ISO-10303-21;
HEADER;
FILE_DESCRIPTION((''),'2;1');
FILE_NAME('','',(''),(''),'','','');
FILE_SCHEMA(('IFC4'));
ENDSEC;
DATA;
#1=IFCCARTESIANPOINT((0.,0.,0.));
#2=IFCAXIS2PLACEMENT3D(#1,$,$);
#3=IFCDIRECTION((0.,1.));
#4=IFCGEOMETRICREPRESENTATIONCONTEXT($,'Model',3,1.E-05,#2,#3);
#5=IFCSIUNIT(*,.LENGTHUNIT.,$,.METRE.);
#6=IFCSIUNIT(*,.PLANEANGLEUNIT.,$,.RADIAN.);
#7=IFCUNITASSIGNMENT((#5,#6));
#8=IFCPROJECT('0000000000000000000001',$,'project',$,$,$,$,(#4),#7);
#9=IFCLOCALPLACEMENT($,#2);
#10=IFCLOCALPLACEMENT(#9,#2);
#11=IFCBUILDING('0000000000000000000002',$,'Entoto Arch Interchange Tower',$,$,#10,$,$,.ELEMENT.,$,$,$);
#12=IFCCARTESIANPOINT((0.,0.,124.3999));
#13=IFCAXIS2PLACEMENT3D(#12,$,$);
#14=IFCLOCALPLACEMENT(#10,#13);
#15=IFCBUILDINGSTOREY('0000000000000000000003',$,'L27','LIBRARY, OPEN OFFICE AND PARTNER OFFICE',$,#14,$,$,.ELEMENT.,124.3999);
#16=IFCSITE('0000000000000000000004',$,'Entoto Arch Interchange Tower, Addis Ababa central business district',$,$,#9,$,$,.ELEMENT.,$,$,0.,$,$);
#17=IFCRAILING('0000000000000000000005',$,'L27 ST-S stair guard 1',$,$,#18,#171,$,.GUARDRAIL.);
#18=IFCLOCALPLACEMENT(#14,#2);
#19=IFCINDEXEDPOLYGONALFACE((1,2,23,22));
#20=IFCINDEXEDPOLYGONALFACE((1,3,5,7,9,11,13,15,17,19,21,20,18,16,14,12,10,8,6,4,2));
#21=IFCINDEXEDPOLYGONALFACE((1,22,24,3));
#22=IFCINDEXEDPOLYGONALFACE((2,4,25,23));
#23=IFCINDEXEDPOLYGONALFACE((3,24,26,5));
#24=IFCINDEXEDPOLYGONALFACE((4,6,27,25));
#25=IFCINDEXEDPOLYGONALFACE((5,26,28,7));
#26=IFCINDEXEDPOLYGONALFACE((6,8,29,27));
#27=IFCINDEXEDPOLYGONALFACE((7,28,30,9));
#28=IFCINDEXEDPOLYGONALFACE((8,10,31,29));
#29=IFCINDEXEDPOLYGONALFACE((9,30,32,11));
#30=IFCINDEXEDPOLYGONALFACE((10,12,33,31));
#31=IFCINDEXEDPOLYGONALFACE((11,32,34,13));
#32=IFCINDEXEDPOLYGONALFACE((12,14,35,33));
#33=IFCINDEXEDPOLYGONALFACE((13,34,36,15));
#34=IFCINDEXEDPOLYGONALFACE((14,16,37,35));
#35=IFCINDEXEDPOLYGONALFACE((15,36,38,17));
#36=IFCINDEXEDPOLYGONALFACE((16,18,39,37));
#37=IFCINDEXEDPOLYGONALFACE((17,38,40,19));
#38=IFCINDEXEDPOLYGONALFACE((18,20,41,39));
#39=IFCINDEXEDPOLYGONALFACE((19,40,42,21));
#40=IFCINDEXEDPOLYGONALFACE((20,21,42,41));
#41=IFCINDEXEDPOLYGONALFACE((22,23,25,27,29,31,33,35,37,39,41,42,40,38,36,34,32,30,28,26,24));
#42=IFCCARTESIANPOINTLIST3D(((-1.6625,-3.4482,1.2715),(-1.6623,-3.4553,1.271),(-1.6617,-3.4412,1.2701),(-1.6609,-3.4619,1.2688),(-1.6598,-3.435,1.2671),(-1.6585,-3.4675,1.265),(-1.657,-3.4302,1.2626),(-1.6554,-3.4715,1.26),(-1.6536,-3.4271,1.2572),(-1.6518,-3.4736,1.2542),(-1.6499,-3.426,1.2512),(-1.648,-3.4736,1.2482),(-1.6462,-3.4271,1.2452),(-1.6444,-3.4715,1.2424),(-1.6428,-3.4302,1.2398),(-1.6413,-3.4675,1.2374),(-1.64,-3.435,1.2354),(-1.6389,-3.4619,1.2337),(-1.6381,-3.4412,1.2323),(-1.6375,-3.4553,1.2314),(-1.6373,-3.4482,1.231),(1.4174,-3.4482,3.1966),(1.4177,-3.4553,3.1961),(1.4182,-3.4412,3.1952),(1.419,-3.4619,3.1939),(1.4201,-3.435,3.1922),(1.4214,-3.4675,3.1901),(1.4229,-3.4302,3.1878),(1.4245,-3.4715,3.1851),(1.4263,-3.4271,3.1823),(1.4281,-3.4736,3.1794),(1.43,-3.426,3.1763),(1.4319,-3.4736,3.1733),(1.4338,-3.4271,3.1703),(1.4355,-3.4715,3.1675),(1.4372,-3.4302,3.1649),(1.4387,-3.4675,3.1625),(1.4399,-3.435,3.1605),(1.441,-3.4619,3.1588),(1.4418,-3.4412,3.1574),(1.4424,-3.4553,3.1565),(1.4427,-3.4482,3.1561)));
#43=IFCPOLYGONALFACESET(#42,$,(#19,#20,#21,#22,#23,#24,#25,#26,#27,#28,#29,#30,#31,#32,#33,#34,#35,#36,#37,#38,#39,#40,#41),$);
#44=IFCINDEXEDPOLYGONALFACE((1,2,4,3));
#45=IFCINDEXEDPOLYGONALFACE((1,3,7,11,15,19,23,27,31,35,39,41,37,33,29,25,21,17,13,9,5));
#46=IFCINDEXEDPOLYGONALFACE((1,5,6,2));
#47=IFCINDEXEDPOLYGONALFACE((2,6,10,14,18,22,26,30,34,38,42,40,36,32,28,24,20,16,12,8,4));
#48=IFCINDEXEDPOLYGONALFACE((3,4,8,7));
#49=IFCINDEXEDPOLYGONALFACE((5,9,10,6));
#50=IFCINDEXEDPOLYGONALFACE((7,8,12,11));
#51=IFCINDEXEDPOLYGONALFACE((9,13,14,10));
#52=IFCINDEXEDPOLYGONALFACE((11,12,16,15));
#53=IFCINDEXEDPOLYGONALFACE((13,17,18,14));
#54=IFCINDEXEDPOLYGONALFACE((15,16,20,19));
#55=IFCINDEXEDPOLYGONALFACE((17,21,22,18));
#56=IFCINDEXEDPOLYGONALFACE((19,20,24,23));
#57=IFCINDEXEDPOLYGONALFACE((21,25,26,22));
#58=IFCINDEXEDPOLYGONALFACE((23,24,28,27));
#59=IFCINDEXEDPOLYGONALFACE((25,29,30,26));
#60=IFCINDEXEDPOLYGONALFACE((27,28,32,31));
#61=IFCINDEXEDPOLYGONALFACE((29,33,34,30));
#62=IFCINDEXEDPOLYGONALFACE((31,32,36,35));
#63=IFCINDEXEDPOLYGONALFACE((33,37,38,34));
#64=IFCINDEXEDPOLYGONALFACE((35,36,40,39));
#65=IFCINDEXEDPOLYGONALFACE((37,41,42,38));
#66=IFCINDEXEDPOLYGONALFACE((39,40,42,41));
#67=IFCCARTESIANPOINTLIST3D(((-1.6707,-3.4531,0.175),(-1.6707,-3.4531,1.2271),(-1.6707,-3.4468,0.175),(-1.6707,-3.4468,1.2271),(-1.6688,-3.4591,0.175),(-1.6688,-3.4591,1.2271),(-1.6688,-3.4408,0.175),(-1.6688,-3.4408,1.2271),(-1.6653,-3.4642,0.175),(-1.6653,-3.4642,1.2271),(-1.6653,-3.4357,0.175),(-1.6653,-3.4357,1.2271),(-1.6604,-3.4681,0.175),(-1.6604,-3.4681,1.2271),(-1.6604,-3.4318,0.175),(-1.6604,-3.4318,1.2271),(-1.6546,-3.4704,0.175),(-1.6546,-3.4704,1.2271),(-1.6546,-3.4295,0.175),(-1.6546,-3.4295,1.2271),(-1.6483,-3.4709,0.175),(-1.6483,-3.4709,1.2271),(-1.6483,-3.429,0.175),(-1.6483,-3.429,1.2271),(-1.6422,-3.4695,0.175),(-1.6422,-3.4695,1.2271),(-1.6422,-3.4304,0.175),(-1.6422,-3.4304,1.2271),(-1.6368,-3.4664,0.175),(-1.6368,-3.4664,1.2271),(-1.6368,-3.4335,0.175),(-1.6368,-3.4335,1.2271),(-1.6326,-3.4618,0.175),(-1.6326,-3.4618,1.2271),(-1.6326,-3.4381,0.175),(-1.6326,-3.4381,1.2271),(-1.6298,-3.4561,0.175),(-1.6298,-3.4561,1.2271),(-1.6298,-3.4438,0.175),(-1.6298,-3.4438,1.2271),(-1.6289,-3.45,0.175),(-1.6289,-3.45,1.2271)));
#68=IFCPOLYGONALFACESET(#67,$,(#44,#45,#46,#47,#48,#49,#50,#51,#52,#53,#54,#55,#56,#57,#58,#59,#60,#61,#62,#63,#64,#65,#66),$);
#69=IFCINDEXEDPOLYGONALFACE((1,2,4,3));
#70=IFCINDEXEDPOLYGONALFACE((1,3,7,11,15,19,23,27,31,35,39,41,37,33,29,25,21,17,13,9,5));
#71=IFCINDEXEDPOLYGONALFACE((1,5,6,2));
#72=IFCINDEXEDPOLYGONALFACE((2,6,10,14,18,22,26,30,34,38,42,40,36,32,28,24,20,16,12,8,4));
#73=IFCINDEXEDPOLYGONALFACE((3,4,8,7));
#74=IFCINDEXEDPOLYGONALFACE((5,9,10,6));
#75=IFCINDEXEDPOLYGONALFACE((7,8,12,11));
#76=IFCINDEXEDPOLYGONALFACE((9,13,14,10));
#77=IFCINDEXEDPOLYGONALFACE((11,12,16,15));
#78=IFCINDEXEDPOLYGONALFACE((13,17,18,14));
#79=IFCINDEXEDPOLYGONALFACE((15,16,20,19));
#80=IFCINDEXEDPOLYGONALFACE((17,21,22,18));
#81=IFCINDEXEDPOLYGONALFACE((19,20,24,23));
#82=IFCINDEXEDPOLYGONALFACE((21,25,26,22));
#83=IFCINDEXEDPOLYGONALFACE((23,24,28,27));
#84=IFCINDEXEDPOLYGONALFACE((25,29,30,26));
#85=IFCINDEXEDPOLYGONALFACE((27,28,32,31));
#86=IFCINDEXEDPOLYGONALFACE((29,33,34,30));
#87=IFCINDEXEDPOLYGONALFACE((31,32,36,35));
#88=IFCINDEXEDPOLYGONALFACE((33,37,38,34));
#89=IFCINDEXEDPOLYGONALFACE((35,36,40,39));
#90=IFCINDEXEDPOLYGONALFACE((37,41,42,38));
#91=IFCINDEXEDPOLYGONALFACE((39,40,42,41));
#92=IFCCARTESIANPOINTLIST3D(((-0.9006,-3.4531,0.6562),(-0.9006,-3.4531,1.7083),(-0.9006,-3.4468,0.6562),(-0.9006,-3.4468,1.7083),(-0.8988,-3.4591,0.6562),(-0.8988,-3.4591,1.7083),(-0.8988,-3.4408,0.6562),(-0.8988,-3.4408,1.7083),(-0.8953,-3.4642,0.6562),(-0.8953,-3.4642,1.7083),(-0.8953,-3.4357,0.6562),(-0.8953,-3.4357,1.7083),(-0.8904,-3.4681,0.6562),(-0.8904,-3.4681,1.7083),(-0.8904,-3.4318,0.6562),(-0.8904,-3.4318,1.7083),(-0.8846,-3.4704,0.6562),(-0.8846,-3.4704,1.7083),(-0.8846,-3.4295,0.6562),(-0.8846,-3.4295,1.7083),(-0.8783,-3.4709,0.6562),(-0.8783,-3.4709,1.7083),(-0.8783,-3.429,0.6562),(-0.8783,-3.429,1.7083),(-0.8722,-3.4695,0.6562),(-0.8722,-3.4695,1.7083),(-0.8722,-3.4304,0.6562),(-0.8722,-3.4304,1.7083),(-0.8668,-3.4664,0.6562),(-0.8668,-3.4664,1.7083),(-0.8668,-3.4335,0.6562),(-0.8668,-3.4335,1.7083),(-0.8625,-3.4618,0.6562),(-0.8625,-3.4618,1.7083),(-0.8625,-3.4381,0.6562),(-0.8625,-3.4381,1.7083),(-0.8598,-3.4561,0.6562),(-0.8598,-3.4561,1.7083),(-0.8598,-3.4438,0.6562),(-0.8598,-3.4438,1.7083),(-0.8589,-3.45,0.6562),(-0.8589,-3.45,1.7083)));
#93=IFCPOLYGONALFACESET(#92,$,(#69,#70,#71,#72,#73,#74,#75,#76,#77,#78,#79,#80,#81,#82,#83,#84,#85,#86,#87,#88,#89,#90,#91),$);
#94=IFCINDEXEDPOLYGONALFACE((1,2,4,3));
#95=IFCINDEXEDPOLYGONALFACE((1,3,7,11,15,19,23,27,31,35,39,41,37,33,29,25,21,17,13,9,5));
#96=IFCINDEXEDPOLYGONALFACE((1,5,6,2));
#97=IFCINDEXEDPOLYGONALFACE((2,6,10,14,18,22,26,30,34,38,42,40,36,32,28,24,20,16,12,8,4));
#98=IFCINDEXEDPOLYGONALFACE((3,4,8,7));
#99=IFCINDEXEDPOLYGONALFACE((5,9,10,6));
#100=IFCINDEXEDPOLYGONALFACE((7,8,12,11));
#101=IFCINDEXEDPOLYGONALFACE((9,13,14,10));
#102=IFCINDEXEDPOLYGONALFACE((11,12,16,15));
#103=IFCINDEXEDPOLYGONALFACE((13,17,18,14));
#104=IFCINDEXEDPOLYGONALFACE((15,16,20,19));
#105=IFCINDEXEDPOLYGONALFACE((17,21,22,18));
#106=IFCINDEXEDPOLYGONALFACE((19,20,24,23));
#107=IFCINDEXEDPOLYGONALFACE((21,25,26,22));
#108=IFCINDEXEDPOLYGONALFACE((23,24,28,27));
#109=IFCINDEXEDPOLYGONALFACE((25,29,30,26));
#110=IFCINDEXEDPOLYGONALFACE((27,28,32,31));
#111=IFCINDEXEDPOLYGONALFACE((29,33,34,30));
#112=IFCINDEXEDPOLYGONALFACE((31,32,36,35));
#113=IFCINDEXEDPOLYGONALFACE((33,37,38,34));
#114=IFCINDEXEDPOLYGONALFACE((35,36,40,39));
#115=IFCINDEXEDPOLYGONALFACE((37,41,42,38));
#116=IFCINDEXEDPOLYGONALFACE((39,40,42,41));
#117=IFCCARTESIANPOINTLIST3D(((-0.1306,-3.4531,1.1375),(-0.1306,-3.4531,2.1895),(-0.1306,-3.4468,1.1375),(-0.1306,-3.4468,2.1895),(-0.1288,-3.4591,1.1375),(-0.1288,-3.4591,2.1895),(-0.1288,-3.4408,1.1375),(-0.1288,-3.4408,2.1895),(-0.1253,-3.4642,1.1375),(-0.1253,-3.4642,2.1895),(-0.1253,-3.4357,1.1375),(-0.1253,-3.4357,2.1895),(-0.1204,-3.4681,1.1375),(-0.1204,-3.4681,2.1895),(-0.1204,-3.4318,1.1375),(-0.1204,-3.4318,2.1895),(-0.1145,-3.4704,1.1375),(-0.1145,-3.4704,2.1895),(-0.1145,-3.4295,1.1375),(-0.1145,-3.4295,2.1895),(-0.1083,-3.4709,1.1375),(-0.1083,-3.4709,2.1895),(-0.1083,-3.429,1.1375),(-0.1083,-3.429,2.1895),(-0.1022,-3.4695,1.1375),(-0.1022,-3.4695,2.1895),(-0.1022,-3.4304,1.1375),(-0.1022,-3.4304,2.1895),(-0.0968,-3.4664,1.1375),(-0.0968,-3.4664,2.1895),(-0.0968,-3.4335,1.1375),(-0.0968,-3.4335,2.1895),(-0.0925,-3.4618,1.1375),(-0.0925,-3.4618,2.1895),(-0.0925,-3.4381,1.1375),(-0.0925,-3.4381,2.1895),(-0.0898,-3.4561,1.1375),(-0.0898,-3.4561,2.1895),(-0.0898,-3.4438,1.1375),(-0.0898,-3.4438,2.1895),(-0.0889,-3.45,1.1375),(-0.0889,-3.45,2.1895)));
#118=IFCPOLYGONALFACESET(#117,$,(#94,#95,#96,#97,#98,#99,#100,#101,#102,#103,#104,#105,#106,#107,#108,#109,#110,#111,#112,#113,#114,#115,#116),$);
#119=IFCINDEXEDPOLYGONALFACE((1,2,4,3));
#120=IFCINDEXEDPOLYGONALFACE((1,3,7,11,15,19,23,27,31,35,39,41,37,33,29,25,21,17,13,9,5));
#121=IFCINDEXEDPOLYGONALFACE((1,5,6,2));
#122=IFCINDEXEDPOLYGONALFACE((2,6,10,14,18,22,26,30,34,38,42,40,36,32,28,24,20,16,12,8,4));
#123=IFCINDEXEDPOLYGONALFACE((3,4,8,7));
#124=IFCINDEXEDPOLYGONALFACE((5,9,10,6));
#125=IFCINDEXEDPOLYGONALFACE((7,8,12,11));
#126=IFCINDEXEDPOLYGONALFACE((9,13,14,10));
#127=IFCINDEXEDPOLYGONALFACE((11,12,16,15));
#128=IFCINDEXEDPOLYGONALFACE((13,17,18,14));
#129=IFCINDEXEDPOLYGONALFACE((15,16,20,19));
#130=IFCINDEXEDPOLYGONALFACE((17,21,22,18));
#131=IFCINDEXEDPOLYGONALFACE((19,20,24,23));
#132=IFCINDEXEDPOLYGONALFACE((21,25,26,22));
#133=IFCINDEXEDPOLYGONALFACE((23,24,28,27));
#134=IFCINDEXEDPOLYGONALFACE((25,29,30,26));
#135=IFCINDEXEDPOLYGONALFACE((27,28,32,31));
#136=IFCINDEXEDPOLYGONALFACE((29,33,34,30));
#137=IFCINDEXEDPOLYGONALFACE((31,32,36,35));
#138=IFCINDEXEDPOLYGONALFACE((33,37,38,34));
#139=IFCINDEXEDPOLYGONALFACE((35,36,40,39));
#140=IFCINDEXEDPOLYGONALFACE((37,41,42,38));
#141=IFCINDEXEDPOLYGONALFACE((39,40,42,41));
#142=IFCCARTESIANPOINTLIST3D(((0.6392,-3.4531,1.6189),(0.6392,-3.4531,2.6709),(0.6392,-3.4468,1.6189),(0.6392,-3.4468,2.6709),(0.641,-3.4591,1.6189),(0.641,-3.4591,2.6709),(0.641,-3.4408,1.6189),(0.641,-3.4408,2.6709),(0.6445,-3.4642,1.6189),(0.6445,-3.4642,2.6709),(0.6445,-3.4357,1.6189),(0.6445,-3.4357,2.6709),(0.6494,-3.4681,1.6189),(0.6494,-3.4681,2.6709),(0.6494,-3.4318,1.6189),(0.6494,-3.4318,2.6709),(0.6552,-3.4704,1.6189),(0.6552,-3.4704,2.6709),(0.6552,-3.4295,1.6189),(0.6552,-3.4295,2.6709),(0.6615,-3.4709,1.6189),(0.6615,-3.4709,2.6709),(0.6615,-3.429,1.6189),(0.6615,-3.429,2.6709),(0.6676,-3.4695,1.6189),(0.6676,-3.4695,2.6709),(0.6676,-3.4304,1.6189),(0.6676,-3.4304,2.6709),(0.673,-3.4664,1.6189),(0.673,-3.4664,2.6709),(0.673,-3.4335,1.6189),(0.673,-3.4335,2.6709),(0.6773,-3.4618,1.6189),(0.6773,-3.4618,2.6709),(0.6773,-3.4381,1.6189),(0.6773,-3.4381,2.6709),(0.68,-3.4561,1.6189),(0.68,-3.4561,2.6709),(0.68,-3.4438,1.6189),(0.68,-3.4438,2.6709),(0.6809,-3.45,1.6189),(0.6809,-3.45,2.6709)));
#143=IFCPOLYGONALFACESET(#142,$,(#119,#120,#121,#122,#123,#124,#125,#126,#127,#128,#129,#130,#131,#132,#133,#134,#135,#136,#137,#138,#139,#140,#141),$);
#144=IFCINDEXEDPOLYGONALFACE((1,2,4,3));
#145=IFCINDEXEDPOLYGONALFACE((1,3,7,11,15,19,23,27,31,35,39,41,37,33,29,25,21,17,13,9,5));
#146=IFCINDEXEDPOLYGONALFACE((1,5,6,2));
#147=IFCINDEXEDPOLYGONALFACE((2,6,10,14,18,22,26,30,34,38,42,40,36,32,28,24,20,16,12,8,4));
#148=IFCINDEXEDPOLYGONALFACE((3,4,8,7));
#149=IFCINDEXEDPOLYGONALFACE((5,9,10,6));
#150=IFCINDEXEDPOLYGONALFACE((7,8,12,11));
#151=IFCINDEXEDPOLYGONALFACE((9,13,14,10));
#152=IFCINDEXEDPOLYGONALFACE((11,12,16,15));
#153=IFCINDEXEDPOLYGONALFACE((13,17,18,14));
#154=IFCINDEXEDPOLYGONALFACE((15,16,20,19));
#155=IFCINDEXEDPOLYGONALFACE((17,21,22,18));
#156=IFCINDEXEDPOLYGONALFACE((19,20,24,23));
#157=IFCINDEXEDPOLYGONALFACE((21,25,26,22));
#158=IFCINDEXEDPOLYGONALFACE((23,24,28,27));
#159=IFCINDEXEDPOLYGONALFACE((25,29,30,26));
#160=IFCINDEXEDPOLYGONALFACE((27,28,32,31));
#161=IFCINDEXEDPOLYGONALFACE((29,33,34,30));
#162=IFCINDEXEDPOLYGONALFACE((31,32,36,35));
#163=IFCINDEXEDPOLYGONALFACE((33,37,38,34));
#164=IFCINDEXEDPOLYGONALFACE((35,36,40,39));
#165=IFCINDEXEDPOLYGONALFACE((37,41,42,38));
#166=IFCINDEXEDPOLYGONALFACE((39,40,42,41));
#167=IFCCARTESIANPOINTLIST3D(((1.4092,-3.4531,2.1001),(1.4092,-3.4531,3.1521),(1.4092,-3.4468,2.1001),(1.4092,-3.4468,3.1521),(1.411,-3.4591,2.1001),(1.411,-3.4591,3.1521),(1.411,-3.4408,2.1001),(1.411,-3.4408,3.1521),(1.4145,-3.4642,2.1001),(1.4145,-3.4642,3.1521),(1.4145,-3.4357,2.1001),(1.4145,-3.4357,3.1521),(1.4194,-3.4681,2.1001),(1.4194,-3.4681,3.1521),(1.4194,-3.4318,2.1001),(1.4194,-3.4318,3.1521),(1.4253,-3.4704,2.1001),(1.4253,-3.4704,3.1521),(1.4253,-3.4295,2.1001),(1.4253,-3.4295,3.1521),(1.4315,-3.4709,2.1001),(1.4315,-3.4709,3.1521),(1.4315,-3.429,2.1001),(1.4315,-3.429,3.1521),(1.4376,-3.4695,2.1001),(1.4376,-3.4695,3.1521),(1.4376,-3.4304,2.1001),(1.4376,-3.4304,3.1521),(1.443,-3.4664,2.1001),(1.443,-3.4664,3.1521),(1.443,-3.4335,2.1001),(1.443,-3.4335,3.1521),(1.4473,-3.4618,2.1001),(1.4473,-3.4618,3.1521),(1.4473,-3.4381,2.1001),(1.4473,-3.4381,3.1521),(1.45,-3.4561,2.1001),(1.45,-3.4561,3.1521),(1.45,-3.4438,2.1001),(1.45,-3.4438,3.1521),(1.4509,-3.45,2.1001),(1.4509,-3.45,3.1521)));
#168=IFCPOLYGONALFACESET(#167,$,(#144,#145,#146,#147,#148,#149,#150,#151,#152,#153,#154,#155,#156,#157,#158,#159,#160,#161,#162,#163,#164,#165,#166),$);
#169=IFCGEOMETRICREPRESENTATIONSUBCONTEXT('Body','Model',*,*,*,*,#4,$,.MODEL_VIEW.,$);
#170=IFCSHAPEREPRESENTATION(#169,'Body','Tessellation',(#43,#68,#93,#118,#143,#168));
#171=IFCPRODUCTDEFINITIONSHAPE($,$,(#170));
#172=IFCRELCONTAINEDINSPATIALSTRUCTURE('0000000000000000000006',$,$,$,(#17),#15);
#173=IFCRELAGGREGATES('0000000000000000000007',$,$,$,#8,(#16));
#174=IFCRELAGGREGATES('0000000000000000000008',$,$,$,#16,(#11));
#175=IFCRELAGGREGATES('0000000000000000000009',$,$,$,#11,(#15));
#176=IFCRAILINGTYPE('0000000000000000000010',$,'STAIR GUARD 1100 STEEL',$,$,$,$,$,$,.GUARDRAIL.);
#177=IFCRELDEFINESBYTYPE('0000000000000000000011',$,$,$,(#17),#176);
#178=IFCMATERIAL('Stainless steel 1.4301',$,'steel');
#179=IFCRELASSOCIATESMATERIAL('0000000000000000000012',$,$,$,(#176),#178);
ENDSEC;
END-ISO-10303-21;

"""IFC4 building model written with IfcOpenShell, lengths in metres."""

from ifc_helpers import new_model, si_unit, direction, frame, origin, origin_2d, place, context, subcontext, project, spatial, circle, extrude, material, type_object, element, save


model = new_model("IFC4")

# Units and contexts
model_context = context("Model", 3, precision=1e-05, world=origin(), true_north=direction((0.0, 1.0)))
body_context = subcontext(model_context, "Body", "Model", "MODEL_VIEW")
ifc_project = project(units=[si_unit("LENGTHUNIT", "METRE"), si_unit("PLANEANGLEUNIT", "RADIAN")], contexts=[model_context])

# Site, building, storey
site_placement = place(None, origin())
site = spatial("IfcSite", under=ifc_project, at=site_placement, Name="Entoto Arch Interchange Tower, Addis Ababa central business district", CompositionType="ELEMENT", RefElevation=0.0)
building_placement = place(site_placement, origin())
building = spatial("IfcBuilding", under=site, at=building_placement, Name="Entoto Arch Interchange Tower", CompositionType="ELEMENT")
storey_placement = place(building_placement, frame((0.0, 0.0, 124.3999)))
storey = spatial("IfcBuildingStorey", under=building, at=storey_placement, Name="L27", Description="LIBRARY, OPEN OFFICE AND PARTNER OFFICE", CompositionType="ELEMENT", Elevation=124.3999)

# Railing
ifc_material_1 = material(Name="Stainless steel 1.4301", Category="steel")
railing_type_1 = type_object("IfcRailingType", Name="STAIR GUARD 1100 STEEL", PredefinedType="GUARDRAIL", material=ifc_material_1)
railing_1_placement = place(storey_placement, frame((-1.6499, -3.45, 0.175)))
element("IfcRailing", 1, at=railing_1_placement, inside=storey, type_object=railing_type_1, Name="L27 ST-S stair guard 1", PredefinedType="GUARDRAIL", context=body_context, shape_type="SweptSolid", body=[
    extrude(circle(Radius=0.0239, at=origin_2d()), frame((0.0, 0.0, 1.0762), z_axis=(0.847979, 0.0, 0.530029), x_axis=(0.0, 1.0, 0.0)), (0.0, 0.0, 1.0), 3.6321),
    extrude(circle(Radius=0.021, at=origin_2d()), origin(), (0.0, 0.0, 1.0), 1.052),
    extrude(circle(Radius=0.021, at=origin_2d()), frame((0.77, 0.0, 0.4812)), (0.0, 0.0, 1.0), 1.052),
    extrude(circle(Radius=0.021, at=origin_2d()), frame((1.54, 0.0, 0.9624)), (0.0, 0.0, 1.0), 1.052),
    extrude(circle(Radius=0.021, at=origin_2d()), frame((2.3098, 0.0, 1.4438)), (0.0, 0.0, 1.0), 1.052),
    extrude(circle(Radius=0.021, at=origin_2d()), frame((3.0798, 0.0, 1.925)), (0.0, 0.0, 1.0), 1.052),
])

save(model, "model.ifc")
